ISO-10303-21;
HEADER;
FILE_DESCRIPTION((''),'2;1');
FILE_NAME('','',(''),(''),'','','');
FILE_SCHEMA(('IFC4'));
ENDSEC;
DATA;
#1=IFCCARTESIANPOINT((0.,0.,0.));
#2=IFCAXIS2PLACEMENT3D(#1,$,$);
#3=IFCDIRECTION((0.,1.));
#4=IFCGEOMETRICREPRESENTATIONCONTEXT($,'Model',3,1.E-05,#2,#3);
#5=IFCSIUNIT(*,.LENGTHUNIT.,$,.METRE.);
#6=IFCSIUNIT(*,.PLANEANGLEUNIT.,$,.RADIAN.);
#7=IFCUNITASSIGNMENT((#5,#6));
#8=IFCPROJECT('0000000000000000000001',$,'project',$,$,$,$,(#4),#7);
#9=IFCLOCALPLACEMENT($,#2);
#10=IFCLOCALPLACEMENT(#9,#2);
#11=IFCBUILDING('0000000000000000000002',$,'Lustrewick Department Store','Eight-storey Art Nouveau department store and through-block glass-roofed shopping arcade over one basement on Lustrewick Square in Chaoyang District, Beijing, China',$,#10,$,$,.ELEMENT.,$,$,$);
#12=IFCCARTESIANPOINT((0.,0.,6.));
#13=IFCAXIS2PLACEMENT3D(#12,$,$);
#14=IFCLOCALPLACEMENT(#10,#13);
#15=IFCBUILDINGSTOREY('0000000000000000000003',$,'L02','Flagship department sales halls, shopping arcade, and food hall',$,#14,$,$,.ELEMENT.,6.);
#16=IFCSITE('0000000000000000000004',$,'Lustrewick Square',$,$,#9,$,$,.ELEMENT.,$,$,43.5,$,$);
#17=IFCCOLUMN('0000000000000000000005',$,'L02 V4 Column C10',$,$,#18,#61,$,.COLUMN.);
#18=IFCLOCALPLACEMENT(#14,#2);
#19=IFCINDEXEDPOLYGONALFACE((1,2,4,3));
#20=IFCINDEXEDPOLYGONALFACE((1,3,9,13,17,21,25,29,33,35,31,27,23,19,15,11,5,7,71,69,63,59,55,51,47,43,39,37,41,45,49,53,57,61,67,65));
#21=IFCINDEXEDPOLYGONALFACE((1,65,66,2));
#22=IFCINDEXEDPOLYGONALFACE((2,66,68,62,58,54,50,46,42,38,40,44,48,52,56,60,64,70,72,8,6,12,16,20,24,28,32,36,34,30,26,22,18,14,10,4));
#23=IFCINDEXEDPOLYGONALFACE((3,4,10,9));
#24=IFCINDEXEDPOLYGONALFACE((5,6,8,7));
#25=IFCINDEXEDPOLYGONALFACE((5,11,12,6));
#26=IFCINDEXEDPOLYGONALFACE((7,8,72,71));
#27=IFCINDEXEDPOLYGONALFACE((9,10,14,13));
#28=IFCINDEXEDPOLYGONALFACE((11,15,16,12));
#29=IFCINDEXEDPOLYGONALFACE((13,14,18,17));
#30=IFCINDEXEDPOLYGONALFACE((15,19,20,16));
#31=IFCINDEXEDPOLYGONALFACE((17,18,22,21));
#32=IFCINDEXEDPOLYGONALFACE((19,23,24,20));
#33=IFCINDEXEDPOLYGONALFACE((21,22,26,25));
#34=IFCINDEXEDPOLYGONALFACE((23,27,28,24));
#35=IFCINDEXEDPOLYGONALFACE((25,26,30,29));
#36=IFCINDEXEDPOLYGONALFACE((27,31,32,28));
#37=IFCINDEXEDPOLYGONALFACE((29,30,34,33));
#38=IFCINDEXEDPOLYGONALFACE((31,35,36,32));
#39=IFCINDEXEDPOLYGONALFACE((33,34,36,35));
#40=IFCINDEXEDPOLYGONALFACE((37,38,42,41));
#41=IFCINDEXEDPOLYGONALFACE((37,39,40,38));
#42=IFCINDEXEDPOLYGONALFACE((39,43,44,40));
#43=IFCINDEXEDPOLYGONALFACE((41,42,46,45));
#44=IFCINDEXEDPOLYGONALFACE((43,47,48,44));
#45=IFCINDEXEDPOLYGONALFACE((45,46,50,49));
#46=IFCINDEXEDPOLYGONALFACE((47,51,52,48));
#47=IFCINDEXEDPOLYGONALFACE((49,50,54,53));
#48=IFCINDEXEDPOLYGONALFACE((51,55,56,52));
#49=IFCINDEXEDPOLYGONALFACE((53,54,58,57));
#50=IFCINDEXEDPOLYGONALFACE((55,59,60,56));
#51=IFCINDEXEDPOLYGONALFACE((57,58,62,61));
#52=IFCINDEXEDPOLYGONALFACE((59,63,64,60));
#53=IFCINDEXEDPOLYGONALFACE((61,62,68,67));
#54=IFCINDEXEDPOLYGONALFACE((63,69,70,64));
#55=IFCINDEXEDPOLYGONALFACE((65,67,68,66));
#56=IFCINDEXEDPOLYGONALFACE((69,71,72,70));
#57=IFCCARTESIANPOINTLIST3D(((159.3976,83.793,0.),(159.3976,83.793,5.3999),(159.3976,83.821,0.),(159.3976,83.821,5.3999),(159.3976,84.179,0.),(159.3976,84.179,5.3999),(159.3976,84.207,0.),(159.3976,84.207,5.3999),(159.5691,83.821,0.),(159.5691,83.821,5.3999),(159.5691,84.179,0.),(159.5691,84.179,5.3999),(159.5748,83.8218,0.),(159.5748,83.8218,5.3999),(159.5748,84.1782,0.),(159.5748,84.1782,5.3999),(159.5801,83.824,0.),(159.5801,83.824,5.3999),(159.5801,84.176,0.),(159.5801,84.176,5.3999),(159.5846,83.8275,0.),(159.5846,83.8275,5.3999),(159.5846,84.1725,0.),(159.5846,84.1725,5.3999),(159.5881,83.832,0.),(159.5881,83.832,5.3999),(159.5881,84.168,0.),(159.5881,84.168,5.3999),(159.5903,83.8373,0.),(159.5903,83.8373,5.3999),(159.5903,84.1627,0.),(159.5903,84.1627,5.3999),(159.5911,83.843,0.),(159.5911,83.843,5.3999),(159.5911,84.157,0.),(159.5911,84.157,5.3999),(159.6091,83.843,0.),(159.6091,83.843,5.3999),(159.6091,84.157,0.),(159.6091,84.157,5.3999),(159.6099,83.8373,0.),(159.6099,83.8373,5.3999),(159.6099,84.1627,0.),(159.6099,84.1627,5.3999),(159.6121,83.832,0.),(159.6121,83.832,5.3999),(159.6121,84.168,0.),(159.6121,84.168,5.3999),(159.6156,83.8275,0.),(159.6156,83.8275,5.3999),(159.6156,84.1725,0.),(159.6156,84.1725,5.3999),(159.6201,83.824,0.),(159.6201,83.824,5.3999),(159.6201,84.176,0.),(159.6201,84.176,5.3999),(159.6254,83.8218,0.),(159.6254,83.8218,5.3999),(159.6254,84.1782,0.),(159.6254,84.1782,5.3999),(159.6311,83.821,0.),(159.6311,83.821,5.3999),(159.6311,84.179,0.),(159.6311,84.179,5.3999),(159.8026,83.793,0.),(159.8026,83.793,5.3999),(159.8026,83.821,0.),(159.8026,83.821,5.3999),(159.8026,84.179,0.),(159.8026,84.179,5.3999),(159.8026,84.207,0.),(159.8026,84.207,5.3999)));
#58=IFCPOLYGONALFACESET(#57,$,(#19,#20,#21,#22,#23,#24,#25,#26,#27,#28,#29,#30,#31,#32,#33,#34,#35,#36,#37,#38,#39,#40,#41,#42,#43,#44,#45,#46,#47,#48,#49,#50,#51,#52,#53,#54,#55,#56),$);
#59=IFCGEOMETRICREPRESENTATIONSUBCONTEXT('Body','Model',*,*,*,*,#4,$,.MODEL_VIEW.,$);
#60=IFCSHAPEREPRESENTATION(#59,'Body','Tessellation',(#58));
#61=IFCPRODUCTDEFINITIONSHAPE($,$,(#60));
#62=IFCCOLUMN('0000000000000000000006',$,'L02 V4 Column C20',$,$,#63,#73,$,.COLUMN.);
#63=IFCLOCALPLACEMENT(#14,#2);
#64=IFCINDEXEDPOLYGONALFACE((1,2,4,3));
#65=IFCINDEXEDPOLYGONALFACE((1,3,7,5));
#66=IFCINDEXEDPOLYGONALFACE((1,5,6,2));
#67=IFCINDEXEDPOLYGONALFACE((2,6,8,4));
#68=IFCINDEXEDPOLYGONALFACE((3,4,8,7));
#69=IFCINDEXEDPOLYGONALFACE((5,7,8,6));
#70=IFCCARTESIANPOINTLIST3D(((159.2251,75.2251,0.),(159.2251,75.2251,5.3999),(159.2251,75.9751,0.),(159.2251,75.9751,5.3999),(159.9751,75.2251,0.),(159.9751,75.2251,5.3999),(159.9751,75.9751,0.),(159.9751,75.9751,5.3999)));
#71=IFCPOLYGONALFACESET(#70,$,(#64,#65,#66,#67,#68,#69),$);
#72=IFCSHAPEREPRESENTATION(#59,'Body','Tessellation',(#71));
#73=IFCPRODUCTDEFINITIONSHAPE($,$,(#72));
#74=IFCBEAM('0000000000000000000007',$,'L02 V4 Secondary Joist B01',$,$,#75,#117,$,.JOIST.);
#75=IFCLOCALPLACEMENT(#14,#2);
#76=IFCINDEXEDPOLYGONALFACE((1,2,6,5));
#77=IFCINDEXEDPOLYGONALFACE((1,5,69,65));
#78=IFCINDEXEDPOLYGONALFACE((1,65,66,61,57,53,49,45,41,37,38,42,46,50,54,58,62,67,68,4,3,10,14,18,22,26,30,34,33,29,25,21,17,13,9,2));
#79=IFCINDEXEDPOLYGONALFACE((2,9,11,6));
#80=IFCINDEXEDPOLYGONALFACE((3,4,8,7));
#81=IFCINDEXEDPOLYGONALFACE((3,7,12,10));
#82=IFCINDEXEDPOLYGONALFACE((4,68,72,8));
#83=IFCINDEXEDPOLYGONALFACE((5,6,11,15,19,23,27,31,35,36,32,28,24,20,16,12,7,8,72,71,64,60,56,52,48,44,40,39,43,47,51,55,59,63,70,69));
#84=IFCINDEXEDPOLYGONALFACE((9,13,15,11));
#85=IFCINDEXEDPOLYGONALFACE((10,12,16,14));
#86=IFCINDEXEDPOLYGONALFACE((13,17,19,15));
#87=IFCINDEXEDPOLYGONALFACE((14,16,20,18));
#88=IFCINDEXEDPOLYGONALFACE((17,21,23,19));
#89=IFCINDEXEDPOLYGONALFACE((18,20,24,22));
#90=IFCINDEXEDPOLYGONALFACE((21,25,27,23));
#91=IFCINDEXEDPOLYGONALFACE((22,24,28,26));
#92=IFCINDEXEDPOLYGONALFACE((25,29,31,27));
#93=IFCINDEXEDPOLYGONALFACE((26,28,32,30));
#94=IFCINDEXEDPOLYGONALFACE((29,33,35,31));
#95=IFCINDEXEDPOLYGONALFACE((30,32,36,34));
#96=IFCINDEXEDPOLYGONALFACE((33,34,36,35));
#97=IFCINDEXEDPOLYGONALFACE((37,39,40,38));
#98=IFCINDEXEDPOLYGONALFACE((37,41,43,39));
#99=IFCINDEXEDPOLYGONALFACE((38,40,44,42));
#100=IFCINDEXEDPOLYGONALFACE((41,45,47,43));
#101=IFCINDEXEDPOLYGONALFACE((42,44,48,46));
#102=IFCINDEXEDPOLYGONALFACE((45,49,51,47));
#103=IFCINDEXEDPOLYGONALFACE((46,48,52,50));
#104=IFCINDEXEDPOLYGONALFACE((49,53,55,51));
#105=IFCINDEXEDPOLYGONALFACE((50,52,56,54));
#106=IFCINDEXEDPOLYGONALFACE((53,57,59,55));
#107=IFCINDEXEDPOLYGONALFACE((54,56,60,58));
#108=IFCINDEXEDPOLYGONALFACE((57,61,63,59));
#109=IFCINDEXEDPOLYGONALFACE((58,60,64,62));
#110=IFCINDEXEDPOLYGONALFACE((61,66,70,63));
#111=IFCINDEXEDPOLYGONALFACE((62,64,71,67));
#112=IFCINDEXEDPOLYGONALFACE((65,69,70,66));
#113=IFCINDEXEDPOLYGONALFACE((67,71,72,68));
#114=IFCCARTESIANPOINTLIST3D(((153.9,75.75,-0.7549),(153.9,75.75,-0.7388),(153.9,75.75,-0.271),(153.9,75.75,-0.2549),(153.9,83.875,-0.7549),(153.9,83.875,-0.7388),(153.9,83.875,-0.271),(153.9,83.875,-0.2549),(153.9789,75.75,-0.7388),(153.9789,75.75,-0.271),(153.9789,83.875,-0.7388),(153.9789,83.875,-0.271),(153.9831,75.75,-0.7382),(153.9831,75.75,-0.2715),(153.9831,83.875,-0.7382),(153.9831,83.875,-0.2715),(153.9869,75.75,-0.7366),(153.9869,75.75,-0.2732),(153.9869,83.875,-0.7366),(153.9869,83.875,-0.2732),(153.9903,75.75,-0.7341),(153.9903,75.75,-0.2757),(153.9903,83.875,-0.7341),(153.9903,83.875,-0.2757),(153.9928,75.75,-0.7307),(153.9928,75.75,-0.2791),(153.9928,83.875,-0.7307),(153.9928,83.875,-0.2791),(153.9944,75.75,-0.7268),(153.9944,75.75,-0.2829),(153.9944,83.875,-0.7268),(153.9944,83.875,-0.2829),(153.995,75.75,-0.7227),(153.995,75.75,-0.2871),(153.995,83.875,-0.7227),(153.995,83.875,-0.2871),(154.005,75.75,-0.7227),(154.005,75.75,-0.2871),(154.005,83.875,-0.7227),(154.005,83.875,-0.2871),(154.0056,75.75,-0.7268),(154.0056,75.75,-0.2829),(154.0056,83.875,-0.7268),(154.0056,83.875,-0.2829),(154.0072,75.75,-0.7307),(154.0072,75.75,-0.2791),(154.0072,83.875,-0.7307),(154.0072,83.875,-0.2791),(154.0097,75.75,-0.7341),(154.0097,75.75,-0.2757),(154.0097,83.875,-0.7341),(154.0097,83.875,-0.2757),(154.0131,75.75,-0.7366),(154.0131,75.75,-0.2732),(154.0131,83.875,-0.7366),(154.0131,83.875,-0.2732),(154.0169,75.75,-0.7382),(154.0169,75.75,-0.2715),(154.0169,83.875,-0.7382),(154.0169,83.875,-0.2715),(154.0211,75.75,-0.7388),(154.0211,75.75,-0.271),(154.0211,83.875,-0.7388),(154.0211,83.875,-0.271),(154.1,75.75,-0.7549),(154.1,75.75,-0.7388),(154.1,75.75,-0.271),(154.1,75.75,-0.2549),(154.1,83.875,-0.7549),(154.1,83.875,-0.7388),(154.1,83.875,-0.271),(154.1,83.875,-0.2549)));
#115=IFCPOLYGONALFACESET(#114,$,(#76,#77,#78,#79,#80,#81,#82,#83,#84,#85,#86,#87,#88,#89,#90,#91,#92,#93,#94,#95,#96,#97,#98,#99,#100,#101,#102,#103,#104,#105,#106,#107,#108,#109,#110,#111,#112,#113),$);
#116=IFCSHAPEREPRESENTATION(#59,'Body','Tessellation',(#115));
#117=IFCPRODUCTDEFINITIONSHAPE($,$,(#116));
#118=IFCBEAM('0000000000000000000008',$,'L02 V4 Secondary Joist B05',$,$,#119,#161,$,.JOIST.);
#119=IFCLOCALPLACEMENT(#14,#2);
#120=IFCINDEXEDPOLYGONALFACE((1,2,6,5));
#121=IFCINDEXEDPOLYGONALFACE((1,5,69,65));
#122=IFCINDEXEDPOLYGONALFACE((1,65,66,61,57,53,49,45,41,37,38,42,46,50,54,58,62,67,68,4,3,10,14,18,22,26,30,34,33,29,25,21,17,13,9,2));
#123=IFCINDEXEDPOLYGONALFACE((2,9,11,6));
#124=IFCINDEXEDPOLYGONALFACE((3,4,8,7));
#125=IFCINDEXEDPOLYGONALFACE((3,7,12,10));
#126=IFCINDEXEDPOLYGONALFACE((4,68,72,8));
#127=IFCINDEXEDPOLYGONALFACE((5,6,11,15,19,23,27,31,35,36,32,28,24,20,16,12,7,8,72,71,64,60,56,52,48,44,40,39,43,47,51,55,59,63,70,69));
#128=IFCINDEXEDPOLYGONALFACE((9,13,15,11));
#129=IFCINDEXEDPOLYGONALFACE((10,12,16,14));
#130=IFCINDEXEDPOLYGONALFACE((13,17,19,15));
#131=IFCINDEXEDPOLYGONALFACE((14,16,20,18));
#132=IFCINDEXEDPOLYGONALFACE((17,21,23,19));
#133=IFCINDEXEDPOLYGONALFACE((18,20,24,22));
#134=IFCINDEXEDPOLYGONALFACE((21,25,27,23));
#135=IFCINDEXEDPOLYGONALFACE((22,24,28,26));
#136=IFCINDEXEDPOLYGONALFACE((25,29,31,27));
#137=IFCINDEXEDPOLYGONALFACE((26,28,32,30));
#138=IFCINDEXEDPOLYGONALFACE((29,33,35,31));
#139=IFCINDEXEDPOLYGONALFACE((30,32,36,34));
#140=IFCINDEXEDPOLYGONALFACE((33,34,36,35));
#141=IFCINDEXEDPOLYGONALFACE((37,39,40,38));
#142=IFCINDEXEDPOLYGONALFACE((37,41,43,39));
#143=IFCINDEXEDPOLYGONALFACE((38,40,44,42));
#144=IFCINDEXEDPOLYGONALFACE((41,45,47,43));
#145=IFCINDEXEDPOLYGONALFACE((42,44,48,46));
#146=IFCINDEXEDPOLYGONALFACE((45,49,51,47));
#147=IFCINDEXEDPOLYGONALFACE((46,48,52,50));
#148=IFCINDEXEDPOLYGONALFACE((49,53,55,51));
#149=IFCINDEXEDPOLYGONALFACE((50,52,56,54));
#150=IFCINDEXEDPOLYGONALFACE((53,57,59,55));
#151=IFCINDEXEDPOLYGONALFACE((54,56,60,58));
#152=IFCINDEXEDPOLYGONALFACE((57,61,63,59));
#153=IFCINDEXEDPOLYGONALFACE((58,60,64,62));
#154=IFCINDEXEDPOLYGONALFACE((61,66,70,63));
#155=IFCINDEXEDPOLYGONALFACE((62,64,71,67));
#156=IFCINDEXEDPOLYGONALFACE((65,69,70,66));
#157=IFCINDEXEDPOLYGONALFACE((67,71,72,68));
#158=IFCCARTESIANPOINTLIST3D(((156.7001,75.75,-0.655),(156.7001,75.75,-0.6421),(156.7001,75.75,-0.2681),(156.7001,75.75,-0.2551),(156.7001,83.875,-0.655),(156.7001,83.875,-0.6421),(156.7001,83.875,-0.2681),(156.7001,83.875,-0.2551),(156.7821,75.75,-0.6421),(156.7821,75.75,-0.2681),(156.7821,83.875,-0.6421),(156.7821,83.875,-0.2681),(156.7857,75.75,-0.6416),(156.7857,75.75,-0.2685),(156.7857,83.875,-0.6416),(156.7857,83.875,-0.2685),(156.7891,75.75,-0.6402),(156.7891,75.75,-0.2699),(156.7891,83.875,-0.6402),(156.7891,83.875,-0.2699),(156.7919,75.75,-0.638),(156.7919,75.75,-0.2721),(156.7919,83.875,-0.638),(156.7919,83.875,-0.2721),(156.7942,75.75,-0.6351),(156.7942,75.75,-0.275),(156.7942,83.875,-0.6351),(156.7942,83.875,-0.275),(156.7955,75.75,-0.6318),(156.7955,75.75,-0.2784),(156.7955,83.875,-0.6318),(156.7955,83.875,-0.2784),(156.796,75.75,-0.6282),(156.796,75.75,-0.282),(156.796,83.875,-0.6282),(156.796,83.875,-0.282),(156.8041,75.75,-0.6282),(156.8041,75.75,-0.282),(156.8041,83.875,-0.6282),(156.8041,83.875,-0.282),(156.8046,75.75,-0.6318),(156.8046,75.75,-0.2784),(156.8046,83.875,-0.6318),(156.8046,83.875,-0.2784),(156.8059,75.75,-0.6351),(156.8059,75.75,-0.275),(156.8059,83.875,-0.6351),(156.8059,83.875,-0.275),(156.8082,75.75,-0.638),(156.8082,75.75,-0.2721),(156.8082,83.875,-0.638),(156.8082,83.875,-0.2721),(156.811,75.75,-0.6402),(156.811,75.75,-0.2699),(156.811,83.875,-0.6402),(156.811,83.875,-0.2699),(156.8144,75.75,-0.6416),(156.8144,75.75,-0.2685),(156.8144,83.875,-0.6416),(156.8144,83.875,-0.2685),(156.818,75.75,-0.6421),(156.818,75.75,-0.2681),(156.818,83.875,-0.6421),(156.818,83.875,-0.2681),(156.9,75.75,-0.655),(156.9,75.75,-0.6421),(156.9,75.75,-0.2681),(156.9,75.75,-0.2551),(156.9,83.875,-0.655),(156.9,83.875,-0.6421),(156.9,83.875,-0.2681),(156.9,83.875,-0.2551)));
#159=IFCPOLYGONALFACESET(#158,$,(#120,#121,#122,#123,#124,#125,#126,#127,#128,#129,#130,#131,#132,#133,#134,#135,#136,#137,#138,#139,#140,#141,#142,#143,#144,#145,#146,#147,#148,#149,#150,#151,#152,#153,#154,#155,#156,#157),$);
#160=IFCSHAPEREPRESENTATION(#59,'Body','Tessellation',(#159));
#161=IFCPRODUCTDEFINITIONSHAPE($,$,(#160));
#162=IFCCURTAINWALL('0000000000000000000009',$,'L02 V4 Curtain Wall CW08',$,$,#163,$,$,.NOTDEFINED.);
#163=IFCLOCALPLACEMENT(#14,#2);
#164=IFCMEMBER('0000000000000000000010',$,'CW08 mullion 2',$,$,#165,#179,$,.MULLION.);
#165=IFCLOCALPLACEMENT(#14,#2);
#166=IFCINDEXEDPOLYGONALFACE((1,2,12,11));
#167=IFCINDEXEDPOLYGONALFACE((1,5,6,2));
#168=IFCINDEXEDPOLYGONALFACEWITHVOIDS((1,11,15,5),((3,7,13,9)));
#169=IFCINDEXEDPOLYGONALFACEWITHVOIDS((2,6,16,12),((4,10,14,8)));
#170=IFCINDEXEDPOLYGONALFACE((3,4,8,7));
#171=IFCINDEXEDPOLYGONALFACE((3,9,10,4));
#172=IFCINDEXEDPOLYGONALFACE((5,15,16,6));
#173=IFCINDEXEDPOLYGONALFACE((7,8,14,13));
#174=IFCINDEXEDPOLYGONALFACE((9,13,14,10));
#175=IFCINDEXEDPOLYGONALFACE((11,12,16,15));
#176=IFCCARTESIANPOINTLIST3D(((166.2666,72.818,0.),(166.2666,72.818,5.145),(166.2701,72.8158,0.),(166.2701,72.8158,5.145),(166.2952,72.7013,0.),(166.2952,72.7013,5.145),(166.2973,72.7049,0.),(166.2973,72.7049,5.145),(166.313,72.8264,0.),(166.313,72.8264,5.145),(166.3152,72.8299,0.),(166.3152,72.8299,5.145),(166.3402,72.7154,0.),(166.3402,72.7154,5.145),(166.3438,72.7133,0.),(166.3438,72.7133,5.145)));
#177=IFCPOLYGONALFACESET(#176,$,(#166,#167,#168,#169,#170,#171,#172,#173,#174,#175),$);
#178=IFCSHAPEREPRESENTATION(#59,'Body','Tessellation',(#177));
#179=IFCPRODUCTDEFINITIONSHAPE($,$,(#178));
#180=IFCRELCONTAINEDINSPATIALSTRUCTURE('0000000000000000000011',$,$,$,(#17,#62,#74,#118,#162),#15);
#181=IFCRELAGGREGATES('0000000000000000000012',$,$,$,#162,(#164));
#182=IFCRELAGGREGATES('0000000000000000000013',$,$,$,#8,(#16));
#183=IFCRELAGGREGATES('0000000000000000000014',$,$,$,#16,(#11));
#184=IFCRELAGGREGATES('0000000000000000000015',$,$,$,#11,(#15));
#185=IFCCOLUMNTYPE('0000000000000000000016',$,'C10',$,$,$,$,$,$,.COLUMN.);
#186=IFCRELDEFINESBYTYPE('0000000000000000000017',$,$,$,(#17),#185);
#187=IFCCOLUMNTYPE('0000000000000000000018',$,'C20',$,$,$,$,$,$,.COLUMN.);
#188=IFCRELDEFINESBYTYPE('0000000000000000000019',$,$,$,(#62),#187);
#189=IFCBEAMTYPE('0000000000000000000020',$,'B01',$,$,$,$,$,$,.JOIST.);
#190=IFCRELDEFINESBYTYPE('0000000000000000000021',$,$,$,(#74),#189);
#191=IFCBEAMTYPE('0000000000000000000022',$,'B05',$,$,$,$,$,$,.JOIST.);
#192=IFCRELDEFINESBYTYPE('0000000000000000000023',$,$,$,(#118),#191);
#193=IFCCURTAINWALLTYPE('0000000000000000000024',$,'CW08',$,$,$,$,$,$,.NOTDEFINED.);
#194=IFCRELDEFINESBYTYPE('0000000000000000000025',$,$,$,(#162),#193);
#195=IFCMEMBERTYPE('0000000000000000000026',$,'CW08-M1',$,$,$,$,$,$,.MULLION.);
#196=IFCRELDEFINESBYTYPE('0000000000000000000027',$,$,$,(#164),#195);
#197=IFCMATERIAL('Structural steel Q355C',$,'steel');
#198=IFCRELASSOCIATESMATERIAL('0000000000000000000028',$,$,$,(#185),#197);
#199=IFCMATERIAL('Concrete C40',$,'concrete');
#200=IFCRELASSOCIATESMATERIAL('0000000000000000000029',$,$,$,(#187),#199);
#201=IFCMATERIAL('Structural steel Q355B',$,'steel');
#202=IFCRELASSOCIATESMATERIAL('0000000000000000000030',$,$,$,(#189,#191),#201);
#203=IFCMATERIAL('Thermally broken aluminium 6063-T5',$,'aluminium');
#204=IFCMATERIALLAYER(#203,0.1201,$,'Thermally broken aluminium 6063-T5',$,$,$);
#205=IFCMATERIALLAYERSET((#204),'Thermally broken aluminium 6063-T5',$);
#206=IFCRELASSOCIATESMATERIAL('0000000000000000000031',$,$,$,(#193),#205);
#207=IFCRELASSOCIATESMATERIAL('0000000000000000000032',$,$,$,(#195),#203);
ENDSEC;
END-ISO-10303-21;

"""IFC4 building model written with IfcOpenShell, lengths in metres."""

from ifc_helpers import new_model, si_unit, direction, frame, origin, origin_2d, place, context, subcontext, project, spatial, rectangle, hollow_rectangle, i_section, extrude, material, layer, layer_set, material_profile, profile_set, type_object, element, aggregate, save


model = new_model("IFC4")

# Units and contexts
model_context = context("Model", 3, precision=1e-05, world=origin(), true_north=direction((0.0, 1.0)))
body_context = subcontext(model_context, "Body", "Model", "MODEL_VIEW")
ifc_project = project(units=[si_unit("LENGTHUNIT", "METRE"), si_unit("PLANEANGLEUNIT", "RADIAN")], contexts=[model_context])

# Site, building, storey
site_placement = place(None, origin())
site = spatial("IfcSite", under=ifc_project, at=site_placement, Name="Lustrewick Square", CompositionType="ELEMENT", RefElevation=43.5)
building_placement = place(site_placement, origin())
building = spatial("IfcBuilding", under=site, at=building_placement, Name="Lustrewick Department Store", Description="Eight-storey Art Nouveau department store and through-block glass-roofed shopping arcade over one basement on Lustrewick Square in Chaoyang District, Beijing, China", CompositionType="ELEMENT")
storey_placement = place(building_placement, frame((0.0, 0.0, 6.0)))
storey = spatial("IfcBuildingStorey", under=building, at=storey_placement, Name="L02", Description="Flagship department sales halls, shopping arcade, and food hall", CompositionType="ELEMENT", Elevation=6.0)

# Columns
ifc_material_1 = material(Name="Structural steel Q355C", Category="steel")
ifc_material_profile_1 = material_profile(ifc_material_1, i_section(OverallWidth=0.405, OverallDepth=0.4141, WebThickness=0.0181, FlangeThickness=0.0281, FilletRadius=0.022, at=origin_2d()), Name="HW 414x405x18x28")
ifc_profile_set_1 = profile_set([ifc_material_profile_1], Name="Structural steel Q355C")
column_type_1 = type_object("IfcColumnType", Name="C10", PredefinedType="COLUMN", material=ifc_profile_set_1)
column_1_placement = place(storey_placement, frame((159.6001, 84.0, 0.0), z_axis=(0.0, 0.0, 1.0), x_axis=(1.0, 0.0, 0.0)))
element("IfcColumn", 1, at=column_1_placement, inside=storey, type_object=column_type_1, Name="L02 V4 Column C10", PredefinedType="COLUMN", context=body_context, shape_type="SweptSolid", body=[
    extrude(i_section(OverallWidth=0.405, OverallDepth=0.4141, WebThickness=0.0181, FlangeThickness=0.0281, FilletRadius=0.022, at=origin_2d()), origin(), (0.0, 0.0, 1.0), 5.3999),
])
ifc_material_2 = material(Name="Concrete C40", Category="concrete")
ifc_material_profile_2 = material_profile(ifc_material_2, rectangle(XDim=0.75, YDim=0.75, at=origin_2d()), Name="RC 750x750")
ifc_profile_set_2 = profile_set([ifc_material_profile_2], Name="Concrete C40")
column_type_2 = type_object("IfcColumnType", Name="C20", PredefinedType="COLUMN", material=ifc_profile_set_2)
column_2_placement = place(storey_placement, frame((159.6001, 75.6001, 0.0), z_axis=(0.0, 0.0, 1.0), x_axis=(1.0, 0.0, 0.0)))
element("IfcColumn", 2, at=column_2_placement, inside=storey, type_object=column_type_2, Name="L02 V4 Column C20", PredefinedType="COLUMN", context=body_context, shape_type="SweptSolid", body=[
    extrude(rectangle(XDim=0.75, YDim=0.75, at=origin_2d()), origin(), (0.0, 0.0, 1.0), 5.3999),
])

# Beams
ifc_material_3 = material(Name="Structural steel Q355B", Category="steel")
ifc_material_profile_3 = material_profile(ifc_material_3, i_section(OverallWidth=0.2, OverallDepth=0.5, WebThickness=0.01, FlangeThickness=0.0161, FilletRadius=0.0161, at=origin_2d()), Name="HN 500x200x10x16")
ifc_profile_set_3 = profile_set([ifc_material_profile_3], Name="Structural steel Q355B")
beam_type_1 = type_object("IfcBeamType", Name="B01", PredefinedType="JOIST", material=ifc_profile_set_3)
beam_1_placement = place(storey_placement, frame((154.0, 75.75, -0.5049), z_axis=(0.0, 1.0, 0.0), x_axis=(-1.0, 0.0, 0.0)))
element("IfcBeam", 3, at=beam_1_placement, inside=storey, type_object=beam_type_1, Name="L02 V4 Secondary Joist B01", PredefinedType="JOIST", context=body_context, shape_type="SweptSolid", body=[
    extrude(i_section(OverallWidth=0.2, OverallDepth=0.5, WebThickness=0.01, FlangeThickness=0.0161, FilletRadius=0.0161, at=origin_2d()), origin(), (0.0, 0.0, 1.0), 8.125),
])
ifc_material_profile_4 = material_profile(ifc_material_3, i_section(OverallWidth=0.2, OverallDepth=0.3999, WebThickness=0.0081, FlangeThickness=0.0129, FilletRadius=0.0139, at=origin_2d()), Name="HN 400x200x8x13")
ifc_profile_set_4 = profile_set([ifc_material_profile_4], Name="Structural steel Q355B")
beam_type_2 = type_object("IfcBeamType", Name="B05", PredefinedType="JOIST", material=ifc_profile_set_4)
beam_2_placement = place(storey_placement, frame((156.8, 75.75, -0.4551), z_axis=(0.0, 1.0, 0.0), x_axis=(-1.0, 0.0, 0.0)))
element("IfcBeam", 4, at=beam_2_placement, inside=storey, type_object=beam_type_2, Name="L02 V4 Secondary Joist B05", PredefinedType="JOIST", context=body_context, shape_type="SweptSolid", body=[
    extrude(i_section(OverallWidth=0.2, OverallDepth=0.3999, WebThickness=0.0081, FlangeThickness=0.0129, FilletRadius=0.0139, at=origin_2d()), origin(), (0.0, 0.0, 1.0), 8.125),
])

# Curtain wall, member
ifc_material_4 = material(Name="Thermally broken aluminium 6063-T5", Category="aluminium")
ifc_layer_1 = layer(ifc_material_4, 0.1201, Name="Thermally broken aluminium 6063-T5")
ifc_layer_set_1 = layer_set([ifc_layer_1], Name="Thermally broken aluminium 6063-T5")
curtain_wall_type_1 = type_object("IfcCurtainWallType", Name="CW08", PredefinedType="NOTDEFINED", material=ifc_layer_set_1)
curtain_wall_1_placement = place(storey_placement, origin())
curtain_wall_1 = element("IfcCurtainWall", 5, at=curtain_wall_1_placement, inside=storey, type_object=curtain_wall_type_1, Name="L02 V4 Curtain Wall CW08", PredefinedType="NOTDEFINED")
ifc_material_profile_5 = material_profile(ifc_material_4, hollow_rectangle(XDim=0.05, YDim=0.1201, WallThickness=0.0029, at=origin_2d()), Name="ALU-M 50x120x3")
ifc_profile_set_5 = profile_set([ifc_material_profile_5], Name="Thermally broken aluminium 6063-T5")
member_type_1 = type_object("IfcMemberType", Name="CW08-M1", PredefinedType="MULLION", material=ifc_profile_set_5)
member_1_placement = place(storey_placement, frame((166.3052, 72.7656, 0.0), z_axis=(0.0, 0.0, 1.0), x_axis=(-0.971223, -0.238171, 0.0)))
member_1 = element("IfcMember", 6, at=member_1_placement, type_object=member_type_1, Name="CW08 mullion 2", PredefinedType="MULLION", context=body_context, shape_type="SweptSolid", body=[
    extrude(hollow_rectangle(XDim=0.05, YDim=0.1201, WallThickness=0.0029, at=origin_2d()), origin(), (0.0, 0.0, 1.0), 5.145),
])

aggregate(curtain_wall_1, [member_1])

save(model, "model.ifc")
